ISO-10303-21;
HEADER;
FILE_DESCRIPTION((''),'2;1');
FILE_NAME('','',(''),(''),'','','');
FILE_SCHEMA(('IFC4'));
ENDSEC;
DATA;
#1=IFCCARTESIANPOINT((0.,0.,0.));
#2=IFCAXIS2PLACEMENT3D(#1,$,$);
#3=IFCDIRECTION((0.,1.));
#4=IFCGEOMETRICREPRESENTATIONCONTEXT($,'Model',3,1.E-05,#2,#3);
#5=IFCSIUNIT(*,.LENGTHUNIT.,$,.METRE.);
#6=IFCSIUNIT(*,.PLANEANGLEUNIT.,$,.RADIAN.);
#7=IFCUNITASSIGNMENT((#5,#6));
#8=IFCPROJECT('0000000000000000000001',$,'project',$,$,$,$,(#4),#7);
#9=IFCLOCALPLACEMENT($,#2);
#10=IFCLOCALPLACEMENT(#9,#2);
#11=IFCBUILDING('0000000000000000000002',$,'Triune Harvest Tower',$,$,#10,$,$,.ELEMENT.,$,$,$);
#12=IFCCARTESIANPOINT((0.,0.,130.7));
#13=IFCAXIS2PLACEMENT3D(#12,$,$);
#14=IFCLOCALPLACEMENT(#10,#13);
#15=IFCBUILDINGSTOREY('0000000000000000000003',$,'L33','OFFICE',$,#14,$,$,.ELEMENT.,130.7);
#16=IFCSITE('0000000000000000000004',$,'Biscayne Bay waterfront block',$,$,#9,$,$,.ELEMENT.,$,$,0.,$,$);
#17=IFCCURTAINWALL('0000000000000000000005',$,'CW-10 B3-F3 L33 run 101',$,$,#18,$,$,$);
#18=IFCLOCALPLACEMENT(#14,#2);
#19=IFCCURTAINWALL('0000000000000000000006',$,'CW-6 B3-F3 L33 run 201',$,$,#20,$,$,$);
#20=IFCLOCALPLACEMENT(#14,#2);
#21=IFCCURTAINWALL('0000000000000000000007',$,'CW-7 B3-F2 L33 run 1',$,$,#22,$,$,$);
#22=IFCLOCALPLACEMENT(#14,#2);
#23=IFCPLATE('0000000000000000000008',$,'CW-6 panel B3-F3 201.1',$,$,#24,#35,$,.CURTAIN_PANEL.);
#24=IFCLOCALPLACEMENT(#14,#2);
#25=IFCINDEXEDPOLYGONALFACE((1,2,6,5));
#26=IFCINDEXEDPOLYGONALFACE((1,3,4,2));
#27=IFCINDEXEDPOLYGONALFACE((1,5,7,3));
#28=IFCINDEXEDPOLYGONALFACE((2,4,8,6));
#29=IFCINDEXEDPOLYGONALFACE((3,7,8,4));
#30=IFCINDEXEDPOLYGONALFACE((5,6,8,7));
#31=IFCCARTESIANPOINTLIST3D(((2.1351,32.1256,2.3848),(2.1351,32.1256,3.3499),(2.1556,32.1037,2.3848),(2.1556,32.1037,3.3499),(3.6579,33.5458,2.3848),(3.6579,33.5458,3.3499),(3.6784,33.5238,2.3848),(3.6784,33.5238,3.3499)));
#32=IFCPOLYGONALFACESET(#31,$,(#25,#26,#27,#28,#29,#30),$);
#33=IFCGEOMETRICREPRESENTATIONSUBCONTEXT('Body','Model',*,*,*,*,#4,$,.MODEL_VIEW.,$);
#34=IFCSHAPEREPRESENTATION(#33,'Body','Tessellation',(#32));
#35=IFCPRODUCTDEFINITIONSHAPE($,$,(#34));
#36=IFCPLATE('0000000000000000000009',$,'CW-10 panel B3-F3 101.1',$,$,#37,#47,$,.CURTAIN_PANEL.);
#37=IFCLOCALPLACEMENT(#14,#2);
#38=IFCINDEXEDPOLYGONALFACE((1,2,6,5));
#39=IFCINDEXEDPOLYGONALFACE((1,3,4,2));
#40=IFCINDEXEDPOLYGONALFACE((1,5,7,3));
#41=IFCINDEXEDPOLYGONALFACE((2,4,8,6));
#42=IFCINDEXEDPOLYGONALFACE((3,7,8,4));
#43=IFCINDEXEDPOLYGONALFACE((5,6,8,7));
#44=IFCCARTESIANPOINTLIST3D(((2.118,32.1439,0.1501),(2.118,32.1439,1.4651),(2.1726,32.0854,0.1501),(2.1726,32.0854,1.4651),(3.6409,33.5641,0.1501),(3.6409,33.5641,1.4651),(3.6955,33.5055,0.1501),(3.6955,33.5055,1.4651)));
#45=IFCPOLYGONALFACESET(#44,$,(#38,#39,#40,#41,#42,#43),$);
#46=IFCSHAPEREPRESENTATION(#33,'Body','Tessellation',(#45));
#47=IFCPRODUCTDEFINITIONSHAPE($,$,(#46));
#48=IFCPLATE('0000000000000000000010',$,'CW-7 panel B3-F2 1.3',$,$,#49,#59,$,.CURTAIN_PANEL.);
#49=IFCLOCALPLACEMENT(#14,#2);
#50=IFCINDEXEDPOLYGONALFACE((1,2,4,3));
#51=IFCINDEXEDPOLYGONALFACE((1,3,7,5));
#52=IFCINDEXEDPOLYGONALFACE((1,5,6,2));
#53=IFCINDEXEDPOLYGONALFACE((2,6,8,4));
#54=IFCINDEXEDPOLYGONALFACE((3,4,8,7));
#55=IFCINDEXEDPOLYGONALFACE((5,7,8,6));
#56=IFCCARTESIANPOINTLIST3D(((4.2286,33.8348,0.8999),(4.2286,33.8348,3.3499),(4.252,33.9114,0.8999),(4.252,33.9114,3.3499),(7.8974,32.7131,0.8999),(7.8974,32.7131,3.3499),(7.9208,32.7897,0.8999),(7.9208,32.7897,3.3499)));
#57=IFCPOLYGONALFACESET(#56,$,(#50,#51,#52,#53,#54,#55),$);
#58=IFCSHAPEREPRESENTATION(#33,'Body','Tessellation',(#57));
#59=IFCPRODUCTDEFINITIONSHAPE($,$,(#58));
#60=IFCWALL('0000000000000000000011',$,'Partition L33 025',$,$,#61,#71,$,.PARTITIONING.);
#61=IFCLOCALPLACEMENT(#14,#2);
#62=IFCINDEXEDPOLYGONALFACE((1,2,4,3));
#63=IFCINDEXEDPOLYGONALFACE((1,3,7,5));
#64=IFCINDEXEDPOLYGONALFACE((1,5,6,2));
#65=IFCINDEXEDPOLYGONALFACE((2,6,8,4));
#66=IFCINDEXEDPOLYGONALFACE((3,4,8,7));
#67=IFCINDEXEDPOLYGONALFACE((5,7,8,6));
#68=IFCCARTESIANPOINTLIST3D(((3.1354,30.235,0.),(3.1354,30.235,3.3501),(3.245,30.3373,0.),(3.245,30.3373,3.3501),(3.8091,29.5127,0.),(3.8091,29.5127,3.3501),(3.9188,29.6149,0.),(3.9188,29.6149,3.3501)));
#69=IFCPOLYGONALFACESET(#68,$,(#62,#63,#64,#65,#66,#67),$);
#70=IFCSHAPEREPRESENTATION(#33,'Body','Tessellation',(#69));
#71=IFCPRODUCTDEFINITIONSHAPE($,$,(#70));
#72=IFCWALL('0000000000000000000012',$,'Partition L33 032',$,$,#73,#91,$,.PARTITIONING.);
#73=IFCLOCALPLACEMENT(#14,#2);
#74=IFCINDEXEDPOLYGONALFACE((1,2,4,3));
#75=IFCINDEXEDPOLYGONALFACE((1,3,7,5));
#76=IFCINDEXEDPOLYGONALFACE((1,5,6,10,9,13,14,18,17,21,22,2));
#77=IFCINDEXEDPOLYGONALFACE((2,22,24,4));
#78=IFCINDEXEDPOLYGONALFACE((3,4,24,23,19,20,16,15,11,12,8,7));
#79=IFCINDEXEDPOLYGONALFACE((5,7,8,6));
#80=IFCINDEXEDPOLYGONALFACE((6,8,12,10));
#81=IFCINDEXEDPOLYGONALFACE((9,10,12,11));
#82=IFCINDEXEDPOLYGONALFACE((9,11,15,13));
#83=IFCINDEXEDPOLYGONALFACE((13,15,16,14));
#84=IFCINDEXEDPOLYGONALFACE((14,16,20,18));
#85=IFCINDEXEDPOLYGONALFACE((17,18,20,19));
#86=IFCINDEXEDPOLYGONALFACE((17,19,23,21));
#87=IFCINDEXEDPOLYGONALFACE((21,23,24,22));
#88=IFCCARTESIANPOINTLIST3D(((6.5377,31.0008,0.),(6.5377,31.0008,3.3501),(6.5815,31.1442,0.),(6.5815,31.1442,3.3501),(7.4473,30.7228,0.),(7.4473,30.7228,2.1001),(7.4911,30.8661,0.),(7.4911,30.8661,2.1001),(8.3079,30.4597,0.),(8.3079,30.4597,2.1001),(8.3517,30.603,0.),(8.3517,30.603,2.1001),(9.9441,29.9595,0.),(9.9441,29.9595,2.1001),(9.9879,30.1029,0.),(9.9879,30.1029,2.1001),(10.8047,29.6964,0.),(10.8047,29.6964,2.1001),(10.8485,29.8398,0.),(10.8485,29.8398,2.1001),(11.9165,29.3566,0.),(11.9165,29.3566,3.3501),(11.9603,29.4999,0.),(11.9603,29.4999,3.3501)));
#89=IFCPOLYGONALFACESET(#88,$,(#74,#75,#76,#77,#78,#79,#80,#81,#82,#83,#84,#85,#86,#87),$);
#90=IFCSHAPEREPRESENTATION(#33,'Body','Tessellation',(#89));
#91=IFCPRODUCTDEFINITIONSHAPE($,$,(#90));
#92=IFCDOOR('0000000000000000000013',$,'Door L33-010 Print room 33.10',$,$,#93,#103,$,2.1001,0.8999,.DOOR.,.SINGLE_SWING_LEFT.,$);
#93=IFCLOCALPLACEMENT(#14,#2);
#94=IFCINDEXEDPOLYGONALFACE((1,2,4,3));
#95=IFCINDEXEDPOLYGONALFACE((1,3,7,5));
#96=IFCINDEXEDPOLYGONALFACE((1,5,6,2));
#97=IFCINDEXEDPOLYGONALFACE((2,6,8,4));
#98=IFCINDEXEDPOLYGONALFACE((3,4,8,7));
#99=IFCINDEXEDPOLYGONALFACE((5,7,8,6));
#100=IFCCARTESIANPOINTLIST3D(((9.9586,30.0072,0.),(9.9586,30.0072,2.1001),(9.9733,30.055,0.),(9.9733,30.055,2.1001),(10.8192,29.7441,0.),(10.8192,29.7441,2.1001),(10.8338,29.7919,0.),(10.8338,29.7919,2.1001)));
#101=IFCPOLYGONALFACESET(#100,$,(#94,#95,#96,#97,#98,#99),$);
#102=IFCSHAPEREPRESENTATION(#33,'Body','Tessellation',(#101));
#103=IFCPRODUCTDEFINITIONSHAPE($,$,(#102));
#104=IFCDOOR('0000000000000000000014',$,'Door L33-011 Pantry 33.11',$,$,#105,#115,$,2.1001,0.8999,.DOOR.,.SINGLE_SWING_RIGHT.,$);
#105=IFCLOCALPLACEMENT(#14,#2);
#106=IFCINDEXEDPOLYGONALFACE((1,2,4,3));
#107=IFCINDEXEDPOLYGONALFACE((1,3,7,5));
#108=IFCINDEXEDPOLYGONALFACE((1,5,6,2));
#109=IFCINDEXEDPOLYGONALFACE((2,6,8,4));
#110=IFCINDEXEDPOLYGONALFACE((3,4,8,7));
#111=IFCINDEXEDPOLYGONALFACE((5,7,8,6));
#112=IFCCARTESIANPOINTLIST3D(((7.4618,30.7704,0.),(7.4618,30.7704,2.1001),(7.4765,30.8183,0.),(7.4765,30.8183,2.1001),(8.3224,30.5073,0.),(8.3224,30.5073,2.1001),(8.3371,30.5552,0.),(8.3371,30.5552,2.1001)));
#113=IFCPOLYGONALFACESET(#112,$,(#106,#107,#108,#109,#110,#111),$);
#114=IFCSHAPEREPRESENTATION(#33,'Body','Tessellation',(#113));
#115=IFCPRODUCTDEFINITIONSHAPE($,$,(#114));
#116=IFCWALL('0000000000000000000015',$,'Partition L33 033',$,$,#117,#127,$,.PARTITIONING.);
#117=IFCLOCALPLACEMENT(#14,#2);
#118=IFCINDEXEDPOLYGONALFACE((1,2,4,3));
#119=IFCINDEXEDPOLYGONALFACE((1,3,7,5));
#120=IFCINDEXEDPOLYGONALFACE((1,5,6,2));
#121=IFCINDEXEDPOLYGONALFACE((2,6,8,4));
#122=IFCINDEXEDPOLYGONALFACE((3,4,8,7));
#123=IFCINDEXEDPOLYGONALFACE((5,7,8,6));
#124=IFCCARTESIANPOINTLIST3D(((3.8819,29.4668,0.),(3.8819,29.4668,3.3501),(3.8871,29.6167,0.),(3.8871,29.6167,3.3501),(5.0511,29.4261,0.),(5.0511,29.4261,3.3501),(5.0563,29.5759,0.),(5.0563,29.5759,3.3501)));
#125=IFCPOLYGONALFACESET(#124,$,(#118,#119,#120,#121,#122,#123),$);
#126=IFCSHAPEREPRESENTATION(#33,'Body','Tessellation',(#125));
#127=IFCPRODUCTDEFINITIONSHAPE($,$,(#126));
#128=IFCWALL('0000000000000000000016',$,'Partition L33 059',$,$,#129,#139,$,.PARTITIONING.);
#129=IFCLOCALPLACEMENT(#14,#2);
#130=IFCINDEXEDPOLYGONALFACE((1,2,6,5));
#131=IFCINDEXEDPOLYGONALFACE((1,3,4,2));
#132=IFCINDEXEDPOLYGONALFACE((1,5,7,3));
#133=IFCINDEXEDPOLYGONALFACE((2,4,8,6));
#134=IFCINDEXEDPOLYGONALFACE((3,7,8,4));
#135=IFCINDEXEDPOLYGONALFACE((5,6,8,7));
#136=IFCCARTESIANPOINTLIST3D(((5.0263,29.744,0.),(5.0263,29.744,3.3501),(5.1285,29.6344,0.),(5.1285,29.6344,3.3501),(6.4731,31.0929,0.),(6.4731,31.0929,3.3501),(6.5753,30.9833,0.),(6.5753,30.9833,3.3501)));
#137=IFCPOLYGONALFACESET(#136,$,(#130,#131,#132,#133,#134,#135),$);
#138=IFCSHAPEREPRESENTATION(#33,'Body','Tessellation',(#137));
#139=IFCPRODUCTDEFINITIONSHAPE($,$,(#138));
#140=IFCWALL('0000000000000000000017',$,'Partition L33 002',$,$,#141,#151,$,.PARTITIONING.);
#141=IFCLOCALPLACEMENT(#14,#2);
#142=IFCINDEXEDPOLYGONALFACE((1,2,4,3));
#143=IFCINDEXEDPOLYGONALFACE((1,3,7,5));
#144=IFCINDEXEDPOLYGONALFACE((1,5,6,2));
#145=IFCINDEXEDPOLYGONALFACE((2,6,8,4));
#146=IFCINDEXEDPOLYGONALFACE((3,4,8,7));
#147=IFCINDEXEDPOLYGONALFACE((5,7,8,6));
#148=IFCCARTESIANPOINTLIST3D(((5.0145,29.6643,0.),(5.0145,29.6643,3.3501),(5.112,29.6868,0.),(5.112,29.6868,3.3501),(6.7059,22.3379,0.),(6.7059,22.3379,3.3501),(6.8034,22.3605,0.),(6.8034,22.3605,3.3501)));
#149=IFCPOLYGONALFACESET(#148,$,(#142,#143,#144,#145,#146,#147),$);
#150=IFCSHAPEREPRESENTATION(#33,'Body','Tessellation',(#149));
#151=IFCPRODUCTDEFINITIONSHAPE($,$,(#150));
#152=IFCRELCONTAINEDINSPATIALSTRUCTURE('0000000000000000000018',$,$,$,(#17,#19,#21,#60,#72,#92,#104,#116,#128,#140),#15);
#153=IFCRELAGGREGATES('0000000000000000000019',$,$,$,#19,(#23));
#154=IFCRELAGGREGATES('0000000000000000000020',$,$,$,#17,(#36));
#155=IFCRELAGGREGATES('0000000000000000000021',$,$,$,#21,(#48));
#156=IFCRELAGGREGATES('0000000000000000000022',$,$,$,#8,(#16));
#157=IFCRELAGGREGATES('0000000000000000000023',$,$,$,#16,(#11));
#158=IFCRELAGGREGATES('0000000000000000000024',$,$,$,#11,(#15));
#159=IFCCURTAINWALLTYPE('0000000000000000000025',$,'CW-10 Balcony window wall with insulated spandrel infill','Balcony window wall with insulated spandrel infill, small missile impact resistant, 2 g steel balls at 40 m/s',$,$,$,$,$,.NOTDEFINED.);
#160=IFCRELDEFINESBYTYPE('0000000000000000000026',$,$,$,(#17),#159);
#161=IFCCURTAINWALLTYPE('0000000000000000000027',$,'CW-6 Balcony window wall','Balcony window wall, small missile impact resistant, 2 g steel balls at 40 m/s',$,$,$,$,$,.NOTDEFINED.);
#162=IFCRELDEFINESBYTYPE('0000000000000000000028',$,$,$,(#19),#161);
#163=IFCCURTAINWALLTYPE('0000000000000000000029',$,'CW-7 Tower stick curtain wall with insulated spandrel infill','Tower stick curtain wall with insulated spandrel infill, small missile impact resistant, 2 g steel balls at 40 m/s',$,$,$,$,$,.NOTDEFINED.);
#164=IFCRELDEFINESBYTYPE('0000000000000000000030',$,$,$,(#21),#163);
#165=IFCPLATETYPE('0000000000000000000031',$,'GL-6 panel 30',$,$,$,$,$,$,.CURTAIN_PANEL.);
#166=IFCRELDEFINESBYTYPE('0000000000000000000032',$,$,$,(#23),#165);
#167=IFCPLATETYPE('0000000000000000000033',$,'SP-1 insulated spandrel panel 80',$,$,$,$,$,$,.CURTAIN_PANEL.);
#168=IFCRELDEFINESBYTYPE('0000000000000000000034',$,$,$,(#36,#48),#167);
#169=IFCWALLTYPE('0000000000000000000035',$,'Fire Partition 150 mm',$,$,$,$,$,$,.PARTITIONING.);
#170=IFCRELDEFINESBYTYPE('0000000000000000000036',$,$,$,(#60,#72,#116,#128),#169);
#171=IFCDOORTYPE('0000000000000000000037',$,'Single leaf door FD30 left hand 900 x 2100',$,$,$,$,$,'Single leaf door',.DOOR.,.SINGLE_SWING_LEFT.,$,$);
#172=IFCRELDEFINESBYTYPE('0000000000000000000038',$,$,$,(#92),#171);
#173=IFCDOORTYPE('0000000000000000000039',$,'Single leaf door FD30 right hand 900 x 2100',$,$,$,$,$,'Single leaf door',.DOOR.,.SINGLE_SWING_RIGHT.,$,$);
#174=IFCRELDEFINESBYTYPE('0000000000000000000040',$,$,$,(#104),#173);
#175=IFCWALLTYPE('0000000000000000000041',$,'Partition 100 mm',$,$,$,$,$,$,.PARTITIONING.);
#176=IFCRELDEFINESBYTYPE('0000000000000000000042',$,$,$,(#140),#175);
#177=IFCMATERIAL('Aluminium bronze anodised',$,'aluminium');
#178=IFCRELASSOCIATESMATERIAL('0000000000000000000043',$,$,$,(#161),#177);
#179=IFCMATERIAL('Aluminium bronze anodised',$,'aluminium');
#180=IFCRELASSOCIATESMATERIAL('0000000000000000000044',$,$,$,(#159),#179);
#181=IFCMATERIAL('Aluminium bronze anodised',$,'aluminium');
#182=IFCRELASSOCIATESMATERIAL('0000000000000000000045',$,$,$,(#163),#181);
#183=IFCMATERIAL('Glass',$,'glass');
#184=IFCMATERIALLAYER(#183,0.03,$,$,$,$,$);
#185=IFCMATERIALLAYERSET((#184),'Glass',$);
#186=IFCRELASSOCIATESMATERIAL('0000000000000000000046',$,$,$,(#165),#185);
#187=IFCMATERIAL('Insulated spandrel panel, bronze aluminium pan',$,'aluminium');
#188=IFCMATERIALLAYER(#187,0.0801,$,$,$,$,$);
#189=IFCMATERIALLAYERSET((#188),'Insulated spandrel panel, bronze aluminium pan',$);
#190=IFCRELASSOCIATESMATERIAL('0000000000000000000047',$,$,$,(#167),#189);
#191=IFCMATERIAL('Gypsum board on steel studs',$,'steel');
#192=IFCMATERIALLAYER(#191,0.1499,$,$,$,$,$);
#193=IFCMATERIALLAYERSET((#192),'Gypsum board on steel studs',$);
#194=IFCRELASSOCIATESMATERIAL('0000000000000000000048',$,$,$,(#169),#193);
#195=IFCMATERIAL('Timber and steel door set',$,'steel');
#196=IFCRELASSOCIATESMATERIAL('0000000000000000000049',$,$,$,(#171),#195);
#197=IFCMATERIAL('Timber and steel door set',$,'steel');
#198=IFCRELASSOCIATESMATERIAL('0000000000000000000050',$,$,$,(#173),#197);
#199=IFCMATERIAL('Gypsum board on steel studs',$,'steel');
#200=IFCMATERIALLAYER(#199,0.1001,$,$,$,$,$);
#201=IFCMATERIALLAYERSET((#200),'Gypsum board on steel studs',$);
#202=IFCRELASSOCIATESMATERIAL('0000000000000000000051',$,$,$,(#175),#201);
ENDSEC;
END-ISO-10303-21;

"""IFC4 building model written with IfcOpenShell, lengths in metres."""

from ifc_helpers import new_model, si_unit, direction, frame, frame_2d, origin, origin_2d, place, context, subcontext, project, spatial, rectangle, extrude, source, transform, mapped, material, layer, layer_set, type_object, element, fill, aggregate, save


model = new_model("IFC4")

# Units and contexts
model_context = context("Model", 3, precision=1e-05, world=origin(), true_north=direction((0.0, 1.0)))
body_context = subcontext(model_context, "Body", "Model", "MODEL_VIEW")
ifc_project = project(units=[si_unit("LENGTHUNIT", "METRE"), si_unit("PLANEANGLEUNIT", "RADIAN")], contexts=[model_context])

# Site, building, storey
site_placement = place(None, origin())
site = spatial("IfcSite", under=ifc_project, at=site_placement, Name="Biscayne Bay waterfront block", CompositionType="ELEMENT", RefElevation=0.0)
building_placement = place(site_placement, origin())
building = spatial("IfcBuilding", under=site, at=building_placement, Name="Triune Harvest Tower", CompositionType="ELEMENT")
storey_placement = place(building_placement, frame((0.0, 0.0, 130.7)))
storey = spatial("IfcBuildingStorey", under=building, at=storey_placement, Name="L33", Description="OFFICE", CompositionType="ELEMENT", Elevation=130.7)

# Shared definitions
ifc_material_1 = material(Name="Aluminium bronze anodised", Category="aluminium")
curtain_wall_type_1 = type_object("IfcCurtainWallType", Name="CW-6 Balcony window wall", Description="Balcony window wall, small missile impact resistant, 2 g steel balls at 40 m/s", PredefinedType="NOTDEFINED", material=ifc_material_1)

# Curtain walls
ifc_material_2 = material(Name="Aluminium bronze anodised", Category="aluminium")
curtain_wall_type_2 = type_object("IfcCurtainWallType", Name="CW-10 Balcony window wall with insulated spandrel infill", Description="Balcony window wall with insulated spandrel infill, small missile impact resistant, 2 g steel balls at 40 m/s", PredefinedType="NOTDEFINED", material=ifc_material_2)
curtain_wall_1_placement = place(storey_placement, origin())
curtain_wall_1 = element("IfcCurtainWall", 1, at=curtain_wall_1_placement, inside=storey, type_object=curtain_wall_type_2, Name="CW-10 B3-F3 L33 run 101")
curtain_wall_2_placement = place(storey_placement, origin())
curtain_wall_2 = element("IfcCurtainWall", 2, at=curtain_wall_2_placement, inside=storey, type_object=curtain_wall_type_1, Name="CW-6 B3-F3 L33 run 201")

# Curtain wall
ifc_material_3 = material(Name="Aluminium bronze anodised", Category="aluminium")
curtain_wall_type_3 = type_object("IfcCurtainWallType", Name="CW-7 Tower stick curtain wall with insulated spandrel infill", Description="Tower stick curtain wall with insulated spandrel infill, small missile impact resistant, 2 g steel balls at 40 m/s", PredefinedType="NOTDEFINED", material=ifc_material_3)
curtain_wall_3_placement = place(storey_placement, origin())
curtain_wall_3 = element("IfcCurtainWall", 3, at=curtain_wall_3_placement, inside=storey, type_object=curtain_wall_type_3, Name="CW-7 B3-F2 L33 run 1")

# Plates
ifc_material_4 = material(Name="Glass", Category="glass")
ifc_layer_1 = layer(ifc_material_4, 0.03)
ifc_layer_set_1 = layer_set([ifc_layer_1], Name="Glass")
plate_type_1 = type_object("IfcPlateType", Name="GL-6 panel 30", PredefinedType="CURTAIN_PANEL", material=ifc_layer_set_1)
plate_1_placement = place(storey_placement, frame((2.9067, 32.8247, 2.3848), z_axis=(0.0, 0.0, 1.0), x_axis=(-0.731338, -0.682015, 0.0)))
plate_1 = element("IfcPlate", 4, at=plate_1_placement, type_object=plate_type_1, Name="CW-6 panel B3-F3 201.1", PredefinedType="CURTAIN_PANEL", context=body_context, shape_type="SweptSolid", body=[
    extrude(rectangle(XDim=2.0823, YDim=0.03, at=origin_2d()), origin(), (0.0, 0.0, 1.0), 0.9651),
])
aggregate(curtain_wall_2, [plate_1])
ifc_material_5 = material(Name="Insulated spandrel panel, bronze aluminium pan", Category="aluminium")
ifc_layer_2 = layer(ifc_material_5, 0.0801)
ifc_layer_set_2 = layer_set([ifc_layer_2], Name="Insulated spandrel panel, bronze aluminium pan")
plate_type_2 = type_object("IfcPlateType", Name="SP-1 insulated spandrel panel 80", PredefinedType="CURTAIN_PANEL", material=ifc_layer_set_2)
plate_2_placement = place(storey_placement, frame((2.9067, 32.8247, 0.1501), z_axis=(0.0, 0.0, 1.0), x_axis=(-0.731338, -0.682015, 0.0)))
plate_2 = element("IfcPlate", 5, at=plate_2_placement, type_object=plate_type_2, Name="CW-10 panel B3-F3 101.1", PredefinedType="CURTAIN_PANEL", context=body_context, shape_type="SweptSolid", body=[
    extrude(rectangle(XDim=2.0823, YDim=0.0801, at=origin_2d()), origin(), (0.0, 0.0, 1.0), 1.3149),
])
aggregate(curtain_wall_1, [plate_2])
shared_shape_1 = source(origin(), body_context, "Body", "SweptSolid", [
    extrude(rectangle(XDim=3.8364, YDim=0.0801, at=origin_2d()), origin(), (0.0, 0.0, 1.0), 2.45),
])
plate_3_placement = place(storey_placement, frame((6.0747, 33.3123, 0.8999), z_axis=(0.0, 0.0, 1.0), x_axis=(-0.956303, 0.292377, 0.0)))
plate_3 = element("IfcPlate", 6, at=plate_3_placement, type_object=plate_type_2, Name="CW-7 panel B3-F2 1.3", PredefinedType="CURTAIN_PANEL", context=body_context, shape_type="MappedRepresentation", body=[
    mapped(shared_shape_1, transform((0.0, 0.0, 0.0), scale=1.0)),
])
aggregate(curtain_wall_3, [plate_3])

# Wall
ifc_material_6 = material(Name="Gypsum board on steel studs", Category="steel")
ifc_layer_3 = layer(ifc_material_6, 0.1499)
ifc_layer_set_3 = layer_set([ifc_layer_3], Name="Gypsum board on steel studs")
wall_type_1 = type_object("IfcWallType", Name="Fire Partition 150 mm", PredefinedType="PARTITIONING", material=ifc_layer_set_3)
wall_1_placement = place(storey_placement, frame((3.1902, 30.2861, 0.0), z_axis=(0.0, 0.0, 1.0), x_axis=(0.682089, -0.731269, 0.0)))
element("IfcWall", 7, at=wall_1_placement, inside=storey, type_object=wall_type_1, Name="Partition L33 025", PredefinedType="PARTITIONING", context=body_context, shape_type="SweptSolid", body=[
    extrude(rectangle(XDim=0.9878, YDim=0.1499, at=frame_2d((0.4939, 0.0))), origin(), (0.0, 0.0, 1.0), 3.3501),
])

# Wall, openings, doors
wall_2_placement = place(storey_placement, frame((6.5596, 31.0725, 0.0), z_axis=(0.0, 0.0, 1.0), x_axis=(0.956315, -0.292338, 0.0)))
wall_2 = element("IfcWall", 8, at=wall_2_placement, inside=storey, type_object=wall_type_1, Name="Partition L33 032", PredefinedType="PARTITIONING", context=body_context, shape_type="SweptSolid", body=[
    extrude(rectangle(XDim=5.6245, YDim=0.1499, at=frame_2d((2.8123, 0.0))), origin(), (0.0, 0.0, 1.0), 3.3501),
])
opening_1_placement = place(wall_2_placement, frame((3.562, 0.0, 0.0)))
opening_1 = element("IfcOpeningElement", 9, at=opening_1_placement, cuts=wall_2, PredefinedType="OPENING", context=body_context, shape_type="SweptSolid", body=[
    extrude(rectangle(XDim=0.8999, YDim=2.1001, at=frame_2d((0.45, 1.05))), frame((0.0, 0.085, 0.0), z_axis=(0.0, -1.0, 0.0), x_axis=(1.0, 0.0, 0.0)), (0.0, 0.0, 1.0), 0.1699),
])
opening_2_placement = place(wall_2_placement, frame((0.9512, 0.0, 0.0)))
opening_2 = element("IfcOpeningElement", 10, at=opening_2_placement, cuts=wall_2, PredefinedType="OPENING", context=body_context, shape_type="SweptSolid", body=[
    extrude(rectangle(XDim=0.8999, YDim=2.1001, at=frame_2d((0.45, 1.05))), frame((0.0, 0.085, 0.0), z_axis=(0.0, -1.0, 0.0), x_axis=(1.0, 0.0, 0.0)), (0.0, 0.0, 1.0), 0.1699),
])
ifc_material_7 = material(Name="Timber and steel door set", Category="steel")
door_type_1 = type_object("IfcDoorType", Name="Single leaf door FD30 left hand 900 x 2100", ElementType="Single leaf door", OperationType="SINGLE_SWING_LEFT", PredefinedType="DOOR", material=ifc_material_7)
door_1_placement = place(opening_1_placement, origin())
door_1 = element("IfcDoor", 11, at=door_1_placement, inside=storey, type_object=door_type_1, Name="Door L33-010 Print room 33.10", OperationType="SINGLE_SWING_LEFT", OverallHeight=2.1001, OverallWidth=0.8999, PredefinedType="DOOR", context=body_context, shape_type="SweptSolid", body=[
    extrude(rectangle(XDim=0.8999, YDim=2.1001, at=frame_2d((0.45, 1.05))), frame((0.0, 0.0249, 0.0), z_axis=(0.0, -1.0, 0.0), x_axis=(1.0, 0.0, 0.0)), (0.0, 0.0, 1.0), 0.05),
])
fill(opening_1, door_1)
ifc_material_8 = material(Name="Timber and steel door set", Category="steel")
door_type_2 = type_object("IfcDoorType", Name="Single leaf door FD30 right hand 900 x 2100", ElementType="Single leaf door", OperationType="SINGLE_SWING_RIGHT", PredefinedType="DOOR", material=ifc_material_8)
door_2_placement = place(opening_2_placement, origin())
door_2 = element("IfcDoor", 12, at=door_2_placement, inside=storey, type_object=door_type_2, Name="Door L33-011 Pantry 33.11", OperationType="SINGLE_SWING_RIGHT", OverallHeight=2.1001, OverallWidth=0.8999, PredefinedType="DOOR", context=body_context, shape_type="SweptSolid", body=[
    extrude(rectangle(XDim=0.8999, YDim=2.1001, at=frame_2d((0.45, 1.05))), frame((0.0, 0.0249, 0.0), z_axis=(0.0, -1.0, 0.0), x_axis=(1.0, 0.0, 0.0)), (0.0, 0.0, 1.0), 0.05),
])
fill(opening_2, door_2)

# Walls
wall_3_placement = place(storey_placement, frame((3.8845, 29.5417, 0.0), z_axis=(0.0, 0.0, 1.0), x_axis=(0.999393, -0.03485, 0.0)))
element("IfcWall", 13, at=wall_3_placement, inside=storey, type_object=wall_type_1, Name="Partition L33 033", PredefinedType="PARTITIONING", context=body_context, shape_type="SweptSolid", body=[
    extrude(rectangle(XDim=1.1699, YDim=0.1499, at=frame_2d((0.585, 0.0))), origin(), (0.0, 0.0, 1.0), 3.3501),
])
wall_4_placement = place(storey_placement, frame((5.0774, 29.6892, 0.0), z_axis=(0.0, 0.0, 1.0), x_axis=(0.73142, 0.681927, 0.0)))
element("IfcWall", 14, at=wall_4_placement, inside=storey, type_object=wall_type_1, Name="Partition L33 059", PredefinedType="PARTITIONING", context=body_context, shape_type="SweptSolid", body=[
    extrude(rectangle(XDim=1.978, YDim=0.1499, at=frame_2d((0.989, 0.0))), origin(), (0.0, 0.0, 1.0), 3.3501),
])
ifc_material_9 = material(Name="Gypsum board on steel studs", Category="steel")
ifc_layer_4 = layer(ifc_material_9, 0.1001)
ifc_layer_set_4 = layer_set([ifc_layer_4], Name="Gypsum board on steel studs")
wall_type_2 = type_object("IfcWallType", Name="Partition 100 mm", PredefinedType="PARTITIONING", material=ifc_layer_set_4)
wall_5_placement = place(storey_placement, frame((5.0632, 29.6755, 0.0), z_axis=(0.0, 0.0, 1.0), x_axis=(0.224947, -0.974371, 0.0)))
element("IfcWall", 15, at=wall_5_placement, inside=storey, type_object=wall_type_2, Name="Partition L33 002", PredefinedType="PARTITIONING", context=body_context, shape_type="SweptSolid", body=[
    extrude(rectangle(XDim=7.519, YDim=0.1001, at=frame_2d((3.7595, 0.0))), origin(), (0.0, 0.0, 1.0), 3.3501),
])

save(model, "model.ifc")
